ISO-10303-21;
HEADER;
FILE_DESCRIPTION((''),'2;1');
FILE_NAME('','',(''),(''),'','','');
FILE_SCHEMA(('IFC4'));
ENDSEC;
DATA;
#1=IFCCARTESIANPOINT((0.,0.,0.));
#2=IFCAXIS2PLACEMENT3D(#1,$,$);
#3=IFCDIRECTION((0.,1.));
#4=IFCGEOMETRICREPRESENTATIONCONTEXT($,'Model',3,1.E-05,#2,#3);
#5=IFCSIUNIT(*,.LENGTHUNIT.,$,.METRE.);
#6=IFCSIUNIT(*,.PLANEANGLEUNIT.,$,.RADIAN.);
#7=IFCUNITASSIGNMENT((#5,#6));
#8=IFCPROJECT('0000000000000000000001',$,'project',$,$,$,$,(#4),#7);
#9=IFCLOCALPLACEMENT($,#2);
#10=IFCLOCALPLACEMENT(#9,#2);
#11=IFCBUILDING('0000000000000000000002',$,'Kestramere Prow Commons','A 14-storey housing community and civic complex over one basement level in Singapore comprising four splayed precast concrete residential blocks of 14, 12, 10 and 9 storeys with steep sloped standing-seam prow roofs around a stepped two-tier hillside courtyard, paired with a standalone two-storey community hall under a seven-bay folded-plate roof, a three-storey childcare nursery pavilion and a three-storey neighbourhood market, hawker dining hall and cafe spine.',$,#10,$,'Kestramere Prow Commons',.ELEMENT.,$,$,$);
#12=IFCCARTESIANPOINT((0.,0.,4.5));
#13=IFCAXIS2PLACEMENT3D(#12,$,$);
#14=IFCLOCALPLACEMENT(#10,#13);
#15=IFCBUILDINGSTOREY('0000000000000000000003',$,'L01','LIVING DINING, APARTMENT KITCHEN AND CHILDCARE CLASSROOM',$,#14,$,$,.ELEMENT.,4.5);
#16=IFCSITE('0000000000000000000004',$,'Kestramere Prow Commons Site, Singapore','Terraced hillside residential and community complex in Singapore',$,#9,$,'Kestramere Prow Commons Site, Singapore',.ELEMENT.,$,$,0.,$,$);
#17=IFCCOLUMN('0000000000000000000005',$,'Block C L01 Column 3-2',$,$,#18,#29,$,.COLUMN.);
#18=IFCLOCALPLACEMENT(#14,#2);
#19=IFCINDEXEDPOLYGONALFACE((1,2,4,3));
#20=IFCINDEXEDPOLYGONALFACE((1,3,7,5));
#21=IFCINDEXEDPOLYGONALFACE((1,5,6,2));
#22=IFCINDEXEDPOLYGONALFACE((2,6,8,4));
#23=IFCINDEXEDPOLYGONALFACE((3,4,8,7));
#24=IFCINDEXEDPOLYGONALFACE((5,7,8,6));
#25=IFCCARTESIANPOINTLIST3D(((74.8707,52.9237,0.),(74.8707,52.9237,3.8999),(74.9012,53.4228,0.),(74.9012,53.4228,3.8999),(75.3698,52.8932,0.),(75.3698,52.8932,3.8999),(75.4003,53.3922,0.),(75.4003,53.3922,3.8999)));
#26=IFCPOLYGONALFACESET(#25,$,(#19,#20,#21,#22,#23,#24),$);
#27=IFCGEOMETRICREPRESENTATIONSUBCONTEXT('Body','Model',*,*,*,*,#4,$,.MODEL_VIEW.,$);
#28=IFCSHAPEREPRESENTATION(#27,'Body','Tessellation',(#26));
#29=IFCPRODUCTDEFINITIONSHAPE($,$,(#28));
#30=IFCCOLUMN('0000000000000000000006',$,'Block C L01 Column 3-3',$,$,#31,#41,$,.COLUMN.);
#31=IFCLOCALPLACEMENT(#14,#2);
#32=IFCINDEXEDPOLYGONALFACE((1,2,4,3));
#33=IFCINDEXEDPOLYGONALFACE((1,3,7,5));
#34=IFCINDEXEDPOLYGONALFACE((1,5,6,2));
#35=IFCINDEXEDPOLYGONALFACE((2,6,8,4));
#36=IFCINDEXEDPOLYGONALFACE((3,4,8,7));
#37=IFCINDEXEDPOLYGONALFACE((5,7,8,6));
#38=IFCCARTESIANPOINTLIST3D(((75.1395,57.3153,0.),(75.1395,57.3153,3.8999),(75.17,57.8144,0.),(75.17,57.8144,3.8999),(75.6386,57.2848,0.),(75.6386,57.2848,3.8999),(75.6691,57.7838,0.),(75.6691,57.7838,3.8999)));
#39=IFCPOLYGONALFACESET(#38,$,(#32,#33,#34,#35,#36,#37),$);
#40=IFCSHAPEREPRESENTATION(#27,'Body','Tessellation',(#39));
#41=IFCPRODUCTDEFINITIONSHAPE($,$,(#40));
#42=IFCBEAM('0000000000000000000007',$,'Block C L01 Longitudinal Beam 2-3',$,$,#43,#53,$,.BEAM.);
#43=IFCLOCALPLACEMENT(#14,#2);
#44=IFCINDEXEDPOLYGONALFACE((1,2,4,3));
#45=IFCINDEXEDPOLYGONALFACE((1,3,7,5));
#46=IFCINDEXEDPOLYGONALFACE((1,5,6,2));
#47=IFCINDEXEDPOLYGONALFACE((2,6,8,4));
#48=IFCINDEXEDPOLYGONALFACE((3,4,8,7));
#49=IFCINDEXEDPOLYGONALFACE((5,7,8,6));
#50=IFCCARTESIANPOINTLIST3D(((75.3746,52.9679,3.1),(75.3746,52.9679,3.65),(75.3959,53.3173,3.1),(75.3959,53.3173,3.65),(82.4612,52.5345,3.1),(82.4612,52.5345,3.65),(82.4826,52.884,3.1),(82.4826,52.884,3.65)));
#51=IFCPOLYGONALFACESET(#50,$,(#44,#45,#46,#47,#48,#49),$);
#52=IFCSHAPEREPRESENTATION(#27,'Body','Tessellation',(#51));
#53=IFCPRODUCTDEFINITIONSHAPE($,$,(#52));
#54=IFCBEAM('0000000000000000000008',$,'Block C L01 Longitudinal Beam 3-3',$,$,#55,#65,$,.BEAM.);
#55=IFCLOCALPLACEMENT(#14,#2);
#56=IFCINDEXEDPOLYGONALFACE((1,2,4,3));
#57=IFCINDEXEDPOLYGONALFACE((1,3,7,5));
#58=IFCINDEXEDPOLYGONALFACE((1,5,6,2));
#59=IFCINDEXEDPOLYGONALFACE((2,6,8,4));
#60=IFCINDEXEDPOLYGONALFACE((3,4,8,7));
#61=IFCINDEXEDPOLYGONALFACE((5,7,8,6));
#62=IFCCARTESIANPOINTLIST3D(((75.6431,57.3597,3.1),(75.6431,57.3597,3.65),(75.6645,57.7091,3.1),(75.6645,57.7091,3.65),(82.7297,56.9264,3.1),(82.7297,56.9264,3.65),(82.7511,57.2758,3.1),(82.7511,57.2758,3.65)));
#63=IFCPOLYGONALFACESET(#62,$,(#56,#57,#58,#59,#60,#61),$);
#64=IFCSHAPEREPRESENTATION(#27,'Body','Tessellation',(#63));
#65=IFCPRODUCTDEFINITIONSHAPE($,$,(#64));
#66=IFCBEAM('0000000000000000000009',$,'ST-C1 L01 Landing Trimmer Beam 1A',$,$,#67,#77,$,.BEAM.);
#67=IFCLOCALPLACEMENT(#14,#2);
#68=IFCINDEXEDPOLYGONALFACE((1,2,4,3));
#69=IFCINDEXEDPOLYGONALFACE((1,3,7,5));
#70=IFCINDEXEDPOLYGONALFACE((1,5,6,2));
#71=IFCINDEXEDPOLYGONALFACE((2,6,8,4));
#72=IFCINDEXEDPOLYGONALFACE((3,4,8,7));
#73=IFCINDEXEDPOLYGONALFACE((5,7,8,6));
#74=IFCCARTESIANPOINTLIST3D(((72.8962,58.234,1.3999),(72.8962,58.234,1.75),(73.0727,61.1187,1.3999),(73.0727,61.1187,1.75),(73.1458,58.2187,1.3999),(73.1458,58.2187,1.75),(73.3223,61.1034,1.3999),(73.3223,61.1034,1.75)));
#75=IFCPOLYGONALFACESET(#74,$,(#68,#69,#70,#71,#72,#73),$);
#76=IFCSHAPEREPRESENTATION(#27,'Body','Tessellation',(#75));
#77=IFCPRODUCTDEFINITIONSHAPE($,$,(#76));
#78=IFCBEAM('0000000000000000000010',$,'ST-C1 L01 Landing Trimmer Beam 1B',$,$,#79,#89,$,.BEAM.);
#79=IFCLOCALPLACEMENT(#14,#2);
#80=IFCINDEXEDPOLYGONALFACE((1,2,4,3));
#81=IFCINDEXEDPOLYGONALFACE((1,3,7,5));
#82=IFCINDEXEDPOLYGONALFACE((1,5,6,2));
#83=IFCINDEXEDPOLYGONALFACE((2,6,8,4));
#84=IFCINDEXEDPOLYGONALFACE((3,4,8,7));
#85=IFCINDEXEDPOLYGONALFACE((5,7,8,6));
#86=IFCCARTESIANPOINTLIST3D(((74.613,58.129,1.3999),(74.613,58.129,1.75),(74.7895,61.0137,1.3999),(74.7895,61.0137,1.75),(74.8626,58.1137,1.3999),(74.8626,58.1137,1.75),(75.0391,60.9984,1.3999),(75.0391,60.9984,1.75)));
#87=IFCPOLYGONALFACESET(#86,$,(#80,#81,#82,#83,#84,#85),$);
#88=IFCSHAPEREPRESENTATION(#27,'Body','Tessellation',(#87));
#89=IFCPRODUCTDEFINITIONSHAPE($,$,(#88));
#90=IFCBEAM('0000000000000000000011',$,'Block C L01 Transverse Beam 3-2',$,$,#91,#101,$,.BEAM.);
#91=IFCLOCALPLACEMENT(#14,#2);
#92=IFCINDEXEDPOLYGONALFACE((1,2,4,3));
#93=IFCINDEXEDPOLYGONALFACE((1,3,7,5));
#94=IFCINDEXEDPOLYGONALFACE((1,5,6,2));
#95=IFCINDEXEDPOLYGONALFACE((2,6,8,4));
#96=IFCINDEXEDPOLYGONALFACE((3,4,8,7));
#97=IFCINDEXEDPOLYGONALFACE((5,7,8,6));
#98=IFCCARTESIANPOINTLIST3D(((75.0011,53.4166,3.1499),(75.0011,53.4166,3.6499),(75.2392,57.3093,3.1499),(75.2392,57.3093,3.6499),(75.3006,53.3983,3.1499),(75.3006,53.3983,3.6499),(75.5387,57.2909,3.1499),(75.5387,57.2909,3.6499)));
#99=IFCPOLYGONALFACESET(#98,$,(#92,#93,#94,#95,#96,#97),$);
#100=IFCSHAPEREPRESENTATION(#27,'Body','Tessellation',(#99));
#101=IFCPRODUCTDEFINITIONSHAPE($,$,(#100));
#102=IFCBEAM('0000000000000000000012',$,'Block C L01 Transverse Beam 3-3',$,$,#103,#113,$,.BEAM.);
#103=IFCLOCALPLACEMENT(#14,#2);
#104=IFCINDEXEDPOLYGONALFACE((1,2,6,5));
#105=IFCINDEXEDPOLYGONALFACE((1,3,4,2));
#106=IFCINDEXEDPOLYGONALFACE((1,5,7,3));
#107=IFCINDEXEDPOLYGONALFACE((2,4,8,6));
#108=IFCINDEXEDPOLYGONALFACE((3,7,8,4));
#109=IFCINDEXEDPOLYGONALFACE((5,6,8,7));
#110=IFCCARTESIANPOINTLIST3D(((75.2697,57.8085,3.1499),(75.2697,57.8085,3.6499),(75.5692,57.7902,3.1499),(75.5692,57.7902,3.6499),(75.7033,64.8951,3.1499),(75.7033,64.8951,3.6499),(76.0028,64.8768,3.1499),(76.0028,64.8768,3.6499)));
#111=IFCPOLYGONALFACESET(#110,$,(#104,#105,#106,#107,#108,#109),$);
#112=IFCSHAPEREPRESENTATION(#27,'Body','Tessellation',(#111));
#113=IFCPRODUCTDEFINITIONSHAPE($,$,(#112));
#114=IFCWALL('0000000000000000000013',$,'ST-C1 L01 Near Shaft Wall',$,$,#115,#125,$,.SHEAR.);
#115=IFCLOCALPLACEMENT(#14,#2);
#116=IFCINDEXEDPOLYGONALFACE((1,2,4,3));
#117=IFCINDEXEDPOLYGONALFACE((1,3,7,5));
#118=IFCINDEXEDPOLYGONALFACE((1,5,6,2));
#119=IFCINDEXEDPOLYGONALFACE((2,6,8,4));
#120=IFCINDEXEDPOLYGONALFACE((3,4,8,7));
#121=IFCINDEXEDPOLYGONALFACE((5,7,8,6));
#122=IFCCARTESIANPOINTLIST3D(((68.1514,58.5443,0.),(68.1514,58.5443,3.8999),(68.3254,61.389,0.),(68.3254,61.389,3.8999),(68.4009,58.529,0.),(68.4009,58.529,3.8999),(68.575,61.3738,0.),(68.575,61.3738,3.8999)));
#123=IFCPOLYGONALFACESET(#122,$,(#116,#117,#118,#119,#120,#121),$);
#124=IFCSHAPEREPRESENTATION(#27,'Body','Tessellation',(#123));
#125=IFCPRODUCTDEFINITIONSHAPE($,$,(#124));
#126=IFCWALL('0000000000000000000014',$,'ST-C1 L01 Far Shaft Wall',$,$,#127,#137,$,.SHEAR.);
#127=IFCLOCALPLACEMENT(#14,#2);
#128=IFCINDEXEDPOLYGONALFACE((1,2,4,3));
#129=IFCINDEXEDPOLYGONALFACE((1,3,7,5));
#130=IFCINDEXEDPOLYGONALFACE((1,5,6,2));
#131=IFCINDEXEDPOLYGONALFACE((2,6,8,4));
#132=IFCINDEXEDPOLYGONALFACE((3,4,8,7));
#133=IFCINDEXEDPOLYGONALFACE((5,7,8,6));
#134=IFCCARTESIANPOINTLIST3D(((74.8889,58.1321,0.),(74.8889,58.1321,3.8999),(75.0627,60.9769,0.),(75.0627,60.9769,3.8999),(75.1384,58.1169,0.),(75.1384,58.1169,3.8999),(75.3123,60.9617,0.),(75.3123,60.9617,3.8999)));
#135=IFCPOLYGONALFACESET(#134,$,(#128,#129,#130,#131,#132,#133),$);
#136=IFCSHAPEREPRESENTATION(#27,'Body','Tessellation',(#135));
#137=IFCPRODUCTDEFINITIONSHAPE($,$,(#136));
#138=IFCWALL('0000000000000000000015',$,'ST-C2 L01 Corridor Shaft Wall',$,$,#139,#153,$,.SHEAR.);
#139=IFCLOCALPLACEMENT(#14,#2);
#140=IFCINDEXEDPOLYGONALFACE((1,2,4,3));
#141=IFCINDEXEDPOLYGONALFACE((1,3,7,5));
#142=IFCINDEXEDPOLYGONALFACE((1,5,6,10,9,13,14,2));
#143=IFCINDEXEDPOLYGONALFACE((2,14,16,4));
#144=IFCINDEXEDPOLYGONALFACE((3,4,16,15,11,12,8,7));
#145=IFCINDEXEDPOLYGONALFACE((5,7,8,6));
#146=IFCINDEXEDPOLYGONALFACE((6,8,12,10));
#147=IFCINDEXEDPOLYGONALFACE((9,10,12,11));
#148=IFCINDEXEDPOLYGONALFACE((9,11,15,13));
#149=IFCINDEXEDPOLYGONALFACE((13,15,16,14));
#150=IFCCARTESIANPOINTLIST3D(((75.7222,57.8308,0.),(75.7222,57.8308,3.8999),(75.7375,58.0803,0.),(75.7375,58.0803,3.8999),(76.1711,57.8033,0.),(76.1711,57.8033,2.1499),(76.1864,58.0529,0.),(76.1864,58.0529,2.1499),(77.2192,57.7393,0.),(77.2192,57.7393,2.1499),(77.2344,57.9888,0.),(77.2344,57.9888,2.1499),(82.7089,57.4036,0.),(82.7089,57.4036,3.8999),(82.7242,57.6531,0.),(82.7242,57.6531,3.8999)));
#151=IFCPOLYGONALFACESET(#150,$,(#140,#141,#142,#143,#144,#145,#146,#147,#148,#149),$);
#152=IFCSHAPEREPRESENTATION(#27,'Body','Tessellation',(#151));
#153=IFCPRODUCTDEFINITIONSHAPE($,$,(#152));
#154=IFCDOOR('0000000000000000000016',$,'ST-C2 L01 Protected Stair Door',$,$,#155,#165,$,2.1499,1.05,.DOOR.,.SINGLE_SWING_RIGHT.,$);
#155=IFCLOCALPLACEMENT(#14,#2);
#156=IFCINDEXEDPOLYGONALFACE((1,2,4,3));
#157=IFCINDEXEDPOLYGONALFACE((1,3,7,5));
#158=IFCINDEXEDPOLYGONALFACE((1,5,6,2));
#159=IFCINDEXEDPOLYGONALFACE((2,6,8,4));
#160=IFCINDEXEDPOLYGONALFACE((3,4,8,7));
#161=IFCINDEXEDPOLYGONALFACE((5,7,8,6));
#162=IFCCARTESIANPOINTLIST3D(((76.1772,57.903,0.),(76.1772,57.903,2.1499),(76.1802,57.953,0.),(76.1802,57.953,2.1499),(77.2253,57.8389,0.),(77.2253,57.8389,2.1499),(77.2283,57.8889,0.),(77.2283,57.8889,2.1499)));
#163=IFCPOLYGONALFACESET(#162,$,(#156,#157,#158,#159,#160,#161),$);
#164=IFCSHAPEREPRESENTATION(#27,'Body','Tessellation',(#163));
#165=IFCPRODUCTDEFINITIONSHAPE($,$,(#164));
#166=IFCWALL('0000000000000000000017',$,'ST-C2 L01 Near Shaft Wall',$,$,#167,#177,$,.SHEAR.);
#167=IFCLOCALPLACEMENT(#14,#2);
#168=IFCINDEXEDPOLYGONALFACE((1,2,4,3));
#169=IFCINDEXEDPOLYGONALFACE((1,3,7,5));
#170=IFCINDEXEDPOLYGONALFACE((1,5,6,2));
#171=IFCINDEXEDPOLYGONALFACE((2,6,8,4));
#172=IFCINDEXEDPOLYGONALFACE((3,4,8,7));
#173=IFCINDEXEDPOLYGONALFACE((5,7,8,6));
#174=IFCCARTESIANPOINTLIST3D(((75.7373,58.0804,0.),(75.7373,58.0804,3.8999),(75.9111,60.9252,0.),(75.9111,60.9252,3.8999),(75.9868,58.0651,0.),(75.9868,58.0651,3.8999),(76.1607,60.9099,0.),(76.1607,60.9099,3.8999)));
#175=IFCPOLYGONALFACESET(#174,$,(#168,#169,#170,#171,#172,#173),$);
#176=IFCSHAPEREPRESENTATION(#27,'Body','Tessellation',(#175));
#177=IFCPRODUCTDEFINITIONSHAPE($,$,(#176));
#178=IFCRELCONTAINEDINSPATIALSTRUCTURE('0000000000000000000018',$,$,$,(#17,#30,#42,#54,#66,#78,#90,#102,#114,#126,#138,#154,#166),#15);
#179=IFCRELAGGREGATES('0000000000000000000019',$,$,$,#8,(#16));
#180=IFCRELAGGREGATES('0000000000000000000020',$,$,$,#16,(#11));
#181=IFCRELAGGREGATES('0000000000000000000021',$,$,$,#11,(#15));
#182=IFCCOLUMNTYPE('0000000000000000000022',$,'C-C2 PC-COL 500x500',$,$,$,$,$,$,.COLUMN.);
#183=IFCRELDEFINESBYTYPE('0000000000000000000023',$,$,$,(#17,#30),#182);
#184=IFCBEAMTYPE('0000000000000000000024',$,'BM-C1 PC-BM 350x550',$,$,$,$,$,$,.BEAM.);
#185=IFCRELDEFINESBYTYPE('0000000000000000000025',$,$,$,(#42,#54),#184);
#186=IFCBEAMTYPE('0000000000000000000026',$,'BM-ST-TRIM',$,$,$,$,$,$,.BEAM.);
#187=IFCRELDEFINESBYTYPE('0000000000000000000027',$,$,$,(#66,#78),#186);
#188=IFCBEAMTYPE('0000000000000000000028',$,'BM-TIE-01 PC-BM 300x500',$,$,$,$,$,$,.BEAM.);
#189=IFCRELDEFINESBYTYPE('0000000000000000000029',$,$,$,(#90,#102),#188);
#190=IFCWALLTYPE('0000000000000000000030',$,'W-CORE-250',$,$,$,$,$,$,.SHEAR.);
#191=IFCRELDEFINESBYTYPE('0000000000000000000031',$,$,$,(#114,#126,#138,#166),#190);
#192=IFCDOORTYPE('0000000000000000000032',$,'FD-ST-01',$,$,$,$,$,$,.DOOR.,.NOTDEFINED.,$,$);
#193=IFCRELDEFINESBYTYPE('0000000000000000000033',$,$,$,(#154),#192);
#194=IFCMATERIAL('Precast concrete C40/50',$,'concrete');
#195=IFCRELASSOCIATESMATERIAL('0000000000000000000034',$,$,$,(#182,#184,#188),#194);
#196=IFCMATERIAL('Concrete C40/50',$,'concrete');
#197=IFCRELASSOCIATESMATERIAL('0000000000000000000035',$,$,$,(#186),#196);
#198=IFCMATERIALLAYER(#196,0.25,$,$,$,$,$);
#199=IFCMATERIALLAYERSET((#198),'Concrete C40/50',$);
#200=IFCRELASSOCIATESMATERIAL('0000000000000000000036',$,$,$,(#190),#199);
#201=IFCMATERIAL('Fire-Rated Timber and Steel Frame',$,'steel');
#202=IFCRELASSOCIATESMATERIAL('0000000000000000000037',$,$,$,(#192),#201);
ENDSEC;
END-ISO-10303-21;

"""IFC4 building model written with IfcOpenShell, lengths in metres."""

from ifc_helpers import new_model, si_unit, direction, frame, frame_2d, origin, origin_2d, place, context, subcontext, project, spatial, rectangle, extrude, material, layer, layer_set, material_profile, profile_set, type_object, element, fill, save


model = new_model("IFC4")

# Units and contexts
model_context = context("Model", 3, precision=1e-05, world=origin(), true_north=direction((0.0, 1.0)))
body_context = subcontext(model_context, "Body", "Model", "MODEL_VIEW")
ifc_project = project(units=[si_unit("LENGTHUNIT", "METRE"), si_unit("PLANEANGLEUNIT", "RADIAN")], contexts=[model_context])

# Site, building, storey
site_placement = place(None, origin())
site = spatial("IfcSite", under=ifc_project, at=site_placement, Name="Kestramere Prow Commons Site, Singapore", Description="Terraced hillside residential and community complex in Singapore", LongName="Kestramere Prow Commons Site, Singapore", CompositionType="ELEMENT", RefElevation=0.0)
building_placement = place(site_placement, origin())
building = spatial("IfcBuilding", under=site, at=building_placement, Name="Kestramere Prow Commons", Description="A 14-storey housing community and civic complex over one basement level in Singapore comprising four splayed precast concrete residential blocks of 14, 12, 10 and 9 storeys with steep sloped standing-seam prow roofs around a stepped two-tier hillside courtyard, paired with a standalone two-storey community hall under a seven-bay folded-plate roof, a three-storey childcare nursery pavilion and a three-storey neighbourhood market, hawker dining hall and cafe spine.", LongName="Kestramere Prow Commons", CompositionType="ELEMENT")
storey_placement = place(building_placement, frame((0.0, 0.0, 4.5)))
storey = spatial("IfcBuildingStorey", under=building, at=storey_placement, Name="L01", Description="LIVING DINING, APARTMENT KITCHEN AND CHILDCARE CLASSROOM", CompositionType="ELEMENT", Elevation=4.5)

# Columns
ifc_material_1 = material(Name="Precast concrete C40/50", Category="concrete")
ifc_material_profile_1 = material_profile(ifc_material_1, rectangle(XDim=0.5, YDim=0.5, at=origin_2d()), Name="PC-COL 500x500")
ifc_profile_set_1 = profile_set([ifc_material_profile_1], Name="Precast concrete C40/50")
column_type = type_object("IfcColumnType", Name="C-C2 PC-COL 500x500", PredefinedType="COLUMN", material=ifc_profile_set_1)
for number, where, z_axis, x_axis, name in (
    (1, (75.1355, 53.158, 0.0), (0.0, 0.0, 1.0), (0.998135, -0.061049, 0.0), "Block C L01 Column 3-2"),
    (2, (75.4043, 57.5496, 0.0), (0.0, 0.0, 1.0), (0.998135, -0.061049, 0.0), "Block C L01 Column 3-3"),
):
    element("IfcColumn", number, at=place(storey_placement, frame(where, z_axis=z_axis, x_axis=x_axis)), inside=storey, type_object=column_type, Name=name, PredefinedType="COLUMN", context=body_context, shape_type="SweptSolid", body=[
        extrude(rectangle(XDim=0.5, YDim=0.5, at=origin_2d()), origin(), (0.0, 0.0, 1.0), 3.8999),
    ])

# Beams
ifc_material_profile_2 = material_profile(ifc_material_1, rectangle(XDim=0.3501, YDim=0.55, at=origin_2d()), Name="PC-BM 350x550")
ifc_profile_set_2 = profile_set([ifc_material_profile_2], Name="Precast concrete C40/50")
beam_type_1 = type_object("IfcBeamType", Name="BM-C1 PC-BM 350x550", PredefinedType="BEAM", material=ifc_profile_set_2)
for number, where, z_axis, x_axis, name in (
    (3, (75.3853, 53.1426, 3.375), (0.998136, -0.061036, 0.0), (0.061036, 0.998136, 0.0), "Block C L01 Longitudinal Beam 2-3"),
    (4, (75.6538, 57.5344, 3.375), (0.998136, -0.061036, 0.0), (0.061036, 0.998136, 0.0), "Block C L01 Longitudinal Beam 3-3"),
):
    element("IfcBeam", number, at=place(storey_placement, frame(where, z_axis=z_axis, x_axis=x_axis)), inside=storey, type_object=beam_type_1, Name=name, PredefinedType="BEAM", context=body_context, shape_type="SweptSolid", body=[
        extrude(rectangle(XDim=0.3501, YDim=0.55, at=origin_2d()), origin(), (0.0, 0.0, 1.0), 7.0999),
    ])
ifc_material_2 = material(Name="Concrete C40/50", Category="concrete")
ifc_material_profile_3 = material_profile(ifc_material_2, rectangle(XDim=0.25, YDim=0.3501, at=origin_2d()), Name="PC-BM 250x350")
ifc_profile_set_3 = profile_set([ifc_material_profile_3], Name="Concrete C40/50")
beam_type_2 = type_object("IfcBeamType", Name="BM-ST-TRIM", PredefinedType="BEAM", material=ifc_profile_set_3)
for number, where, z_axis, x_axis, name in (
    (5, (73.021, 58.2263, 1.575), (0.061074, 0.998133, 0.0), (-0.998133, 0.061074, 0.0), "ST-C1 L01 Landing Trimmer Beam 1A"),
    (6, (74.7378, 58.1213, 1.575), (0.061074, 0.998133, 0.0), (-0.998133, 0.061074, 0.0), "ST-C1 L01 Landing Trimmer Beam 1B"),
):
    element("IfcBeam", number, at=place(storey_placement, frame(where, z_axis=z_axis, x_axis=x_axis)), inside=storey, type_object=beam_type_2, Name=name, PredefinedType="BEAM", context=body_context, shape_type="SweptSolid", body=[
        extrude(rectangle(XDim=0.25, YDim=0.3501, at=origin_2d()), origin(), (0.0, 0.0, 1.0), 2.8901),
    ])
ifc_material_profile_4 = material_profile(ifc_material_1, rectangle(XDim=0.3, YDim=0.5, at=origin_2d()), Name="PC-BM 300x500")
ifc_profile_set_4 = profile_set([ifc_material_profile_4], Name="Precast concrete C40/50")
beam_type_3 = type_object("IfcBeamType", Name="BM-TIE-01 PC-BM 300x500", PredefinedType="BEAM", material=ifc_profile_set_4)
beam_1_placement = place(storey_placement, frame((75.1509, 53.4075, 3.3999), z_axis=(0.061038, 0.998135, 0.0), x_axis=(-0.998135, 0.061038, 0.0)))
element("IfcBeam", 7, at=beam_1_placement, inside=storey, type_object=beam_type_3, Name="Block C L01 Transverse Beam 3-2", PredefinedType="BEAM", context=body_context, shape_type="SweptSolid", body=[
    extrude(rectangle(XDim=0.3, YDim=0.5, at=origin_2d()), origin(), (0.0, 0.0, 1.0), 3.8999),
])
beam_2_placement = place(storey_placement, frame((75.4194, 57.7993, 3.3999), z_axis=(0.06107, 0.998133, 0.0), x_axis=(-0.998133, 0.06107, 0.0)))
element("IfcBeam", 8, at=beam_2_placement, inside=storey, type_object=beam_type_3, Name="Block C L01 Transverse Beam 3-3", PredefinedType="BEAM", context=body_context, shape_type="SweptSolid", body=[
    extrude(rectangle(XDim=0.3, YDim=0.5, at=origin_2d()), origin(), (0.0, 0.0, 1.0), 7.0999),
])

# Walls
ifc_layer_1 = layer(ifc_material_2, 0.25)
ifc_layer_set_1 = layer_set([ifc_layer_1], Name="Concrete C40/50")
wall_type_1 = type_object("IfcWallType", Name="W-CORE-250", PredefinedType="SHEAR", material=ifc_layer_set_1)
for number, where, z_axis, x_axis, name in (
    (9, (68.2761, 58.5366, 0.0), (0.0, 0.0, 1.0), (0.061077, 0.998133, 0.0), "ST-C1 L01 Near Shaft Wall"),
    (10, (75.0137, 58.1245, 0.0), (0.0, 0.0, 1.0), (0.060992, 0.998138, 0.0), "ST-C1 L01 Far Shaft Wall"),
):
    element("IfcWall", number, at=place(storey_placement, frame(where, z_axis=z_axis, x_axis=x_axis)), inside=storey, type_object=wall_type_1, Name=name, PredefinedType="SHEAR", context=body_context, shape_type="SweptSolid", body=[
        extrude(rectangle(XDim=2.8501, YDim=0.25, at=frame_2d((1.425, 0.0))), origin(), (0.0, 0.0, 1.0), 3.8999),
    ])

# Wall, opening, door
wall_1_placement = place(storey_placement, frame((75.7297, 57.9556, 0.0), z_axis=(0.0, 0.0, 1.0), x_axis=(0.998136, -0.061036, 0.0)))
wall_1 = element("IfcWall", 11, at=wall_1_placement, inside=storey, type_object=wall_type_1, Name="ST-C2 L01 Corridor Shaft Wall", PredefinedType="SHEAR", context=body_context, shape_type="SweptSolid", body=[
    extrude(rectangle(XDim=6.9998, YDim=0.25, at=frame_2d((3.5, 0.0))), origin(), (0.0, 0.0, 1.0), 3.8999),
])
opening_1_placement = place(wall_1_placement, frame((0.45, 0.0, 0.0)))
opening_1 = element("IfcOpeningElement", 12, at=opening_1_placement, cuts=wall_1, PredefinedType="OPENING", context=body_context, shape_type="SweptSolid", body=[
    extrude(rectangle(XDim=1.05, YDim=2.1499, at=frame_2d((0.5249, 1.075))), frame((0.0, 0.1399, 0.0), z_axis=(0.0, -1.0, 0.0), x_axis=(1.0, 0.0, 0.0)), (0.0, 0.0, 1.0), 0.28),
])
ifc_material_3 = material(Name="Fire-Rated Timber and Steel Frame", Category="steel")
door_type_1 = type_object("IfcDoorType", Name="FD-ST-01", OperationType="NOTDEFINED", PredefinedType="DOOR", material=ifc_material_3)
door_1_placement = place(opening_1_placement, origin())
door_1 = element("IfcDoor", 13, at=door_1_placement, inside=storey, type_object=door_type_1, Name="ST-C2 L01 Protected Stair Door", OperationType="SINGLE_SWING_RIGHT", OverallHeight=2.1499, OverallWidth=1.05, PredefinedType="DOOR", context=body_context, shape_type="SweptSolid", body=[
    extrude(rectangle(XDim=1.05, YDim=2.1499, at=frame_2d((0.5249, 1.075))), frame((0.0, 0.0249, 0.0), z_axis=(0.0, -1.0, 0.0), x_axis=(1.0, 0.0, 0.0)), (0.0, 0.0, 1.0), 0.05),
])
fill(opening_1, door_1)

# Wall
wall_2_placement = place(storey_placement, frame((75.8621, 58.0728, 0.0), z_axis=(0.0, 0.0, 1.0), x_axis=(0.060992, 0.998138, 0.0)))
element("IfcWall", 14, at=wall_2_placement, inside=storey, type_object=wall_type_1, Name="ST-C2 L01 Near Shaft Wall", PredefinedType="SHEAR", context=body_context, shape_type="SweptSolid", body=[
    extrude(rectangle(XDim=2.8501, YDim=0.25, at=frame_2d((1.425, 0.0))), origin(), (0.0, 0.0, 1.0), 3.8999),
])

save(model, "model.ifc")
